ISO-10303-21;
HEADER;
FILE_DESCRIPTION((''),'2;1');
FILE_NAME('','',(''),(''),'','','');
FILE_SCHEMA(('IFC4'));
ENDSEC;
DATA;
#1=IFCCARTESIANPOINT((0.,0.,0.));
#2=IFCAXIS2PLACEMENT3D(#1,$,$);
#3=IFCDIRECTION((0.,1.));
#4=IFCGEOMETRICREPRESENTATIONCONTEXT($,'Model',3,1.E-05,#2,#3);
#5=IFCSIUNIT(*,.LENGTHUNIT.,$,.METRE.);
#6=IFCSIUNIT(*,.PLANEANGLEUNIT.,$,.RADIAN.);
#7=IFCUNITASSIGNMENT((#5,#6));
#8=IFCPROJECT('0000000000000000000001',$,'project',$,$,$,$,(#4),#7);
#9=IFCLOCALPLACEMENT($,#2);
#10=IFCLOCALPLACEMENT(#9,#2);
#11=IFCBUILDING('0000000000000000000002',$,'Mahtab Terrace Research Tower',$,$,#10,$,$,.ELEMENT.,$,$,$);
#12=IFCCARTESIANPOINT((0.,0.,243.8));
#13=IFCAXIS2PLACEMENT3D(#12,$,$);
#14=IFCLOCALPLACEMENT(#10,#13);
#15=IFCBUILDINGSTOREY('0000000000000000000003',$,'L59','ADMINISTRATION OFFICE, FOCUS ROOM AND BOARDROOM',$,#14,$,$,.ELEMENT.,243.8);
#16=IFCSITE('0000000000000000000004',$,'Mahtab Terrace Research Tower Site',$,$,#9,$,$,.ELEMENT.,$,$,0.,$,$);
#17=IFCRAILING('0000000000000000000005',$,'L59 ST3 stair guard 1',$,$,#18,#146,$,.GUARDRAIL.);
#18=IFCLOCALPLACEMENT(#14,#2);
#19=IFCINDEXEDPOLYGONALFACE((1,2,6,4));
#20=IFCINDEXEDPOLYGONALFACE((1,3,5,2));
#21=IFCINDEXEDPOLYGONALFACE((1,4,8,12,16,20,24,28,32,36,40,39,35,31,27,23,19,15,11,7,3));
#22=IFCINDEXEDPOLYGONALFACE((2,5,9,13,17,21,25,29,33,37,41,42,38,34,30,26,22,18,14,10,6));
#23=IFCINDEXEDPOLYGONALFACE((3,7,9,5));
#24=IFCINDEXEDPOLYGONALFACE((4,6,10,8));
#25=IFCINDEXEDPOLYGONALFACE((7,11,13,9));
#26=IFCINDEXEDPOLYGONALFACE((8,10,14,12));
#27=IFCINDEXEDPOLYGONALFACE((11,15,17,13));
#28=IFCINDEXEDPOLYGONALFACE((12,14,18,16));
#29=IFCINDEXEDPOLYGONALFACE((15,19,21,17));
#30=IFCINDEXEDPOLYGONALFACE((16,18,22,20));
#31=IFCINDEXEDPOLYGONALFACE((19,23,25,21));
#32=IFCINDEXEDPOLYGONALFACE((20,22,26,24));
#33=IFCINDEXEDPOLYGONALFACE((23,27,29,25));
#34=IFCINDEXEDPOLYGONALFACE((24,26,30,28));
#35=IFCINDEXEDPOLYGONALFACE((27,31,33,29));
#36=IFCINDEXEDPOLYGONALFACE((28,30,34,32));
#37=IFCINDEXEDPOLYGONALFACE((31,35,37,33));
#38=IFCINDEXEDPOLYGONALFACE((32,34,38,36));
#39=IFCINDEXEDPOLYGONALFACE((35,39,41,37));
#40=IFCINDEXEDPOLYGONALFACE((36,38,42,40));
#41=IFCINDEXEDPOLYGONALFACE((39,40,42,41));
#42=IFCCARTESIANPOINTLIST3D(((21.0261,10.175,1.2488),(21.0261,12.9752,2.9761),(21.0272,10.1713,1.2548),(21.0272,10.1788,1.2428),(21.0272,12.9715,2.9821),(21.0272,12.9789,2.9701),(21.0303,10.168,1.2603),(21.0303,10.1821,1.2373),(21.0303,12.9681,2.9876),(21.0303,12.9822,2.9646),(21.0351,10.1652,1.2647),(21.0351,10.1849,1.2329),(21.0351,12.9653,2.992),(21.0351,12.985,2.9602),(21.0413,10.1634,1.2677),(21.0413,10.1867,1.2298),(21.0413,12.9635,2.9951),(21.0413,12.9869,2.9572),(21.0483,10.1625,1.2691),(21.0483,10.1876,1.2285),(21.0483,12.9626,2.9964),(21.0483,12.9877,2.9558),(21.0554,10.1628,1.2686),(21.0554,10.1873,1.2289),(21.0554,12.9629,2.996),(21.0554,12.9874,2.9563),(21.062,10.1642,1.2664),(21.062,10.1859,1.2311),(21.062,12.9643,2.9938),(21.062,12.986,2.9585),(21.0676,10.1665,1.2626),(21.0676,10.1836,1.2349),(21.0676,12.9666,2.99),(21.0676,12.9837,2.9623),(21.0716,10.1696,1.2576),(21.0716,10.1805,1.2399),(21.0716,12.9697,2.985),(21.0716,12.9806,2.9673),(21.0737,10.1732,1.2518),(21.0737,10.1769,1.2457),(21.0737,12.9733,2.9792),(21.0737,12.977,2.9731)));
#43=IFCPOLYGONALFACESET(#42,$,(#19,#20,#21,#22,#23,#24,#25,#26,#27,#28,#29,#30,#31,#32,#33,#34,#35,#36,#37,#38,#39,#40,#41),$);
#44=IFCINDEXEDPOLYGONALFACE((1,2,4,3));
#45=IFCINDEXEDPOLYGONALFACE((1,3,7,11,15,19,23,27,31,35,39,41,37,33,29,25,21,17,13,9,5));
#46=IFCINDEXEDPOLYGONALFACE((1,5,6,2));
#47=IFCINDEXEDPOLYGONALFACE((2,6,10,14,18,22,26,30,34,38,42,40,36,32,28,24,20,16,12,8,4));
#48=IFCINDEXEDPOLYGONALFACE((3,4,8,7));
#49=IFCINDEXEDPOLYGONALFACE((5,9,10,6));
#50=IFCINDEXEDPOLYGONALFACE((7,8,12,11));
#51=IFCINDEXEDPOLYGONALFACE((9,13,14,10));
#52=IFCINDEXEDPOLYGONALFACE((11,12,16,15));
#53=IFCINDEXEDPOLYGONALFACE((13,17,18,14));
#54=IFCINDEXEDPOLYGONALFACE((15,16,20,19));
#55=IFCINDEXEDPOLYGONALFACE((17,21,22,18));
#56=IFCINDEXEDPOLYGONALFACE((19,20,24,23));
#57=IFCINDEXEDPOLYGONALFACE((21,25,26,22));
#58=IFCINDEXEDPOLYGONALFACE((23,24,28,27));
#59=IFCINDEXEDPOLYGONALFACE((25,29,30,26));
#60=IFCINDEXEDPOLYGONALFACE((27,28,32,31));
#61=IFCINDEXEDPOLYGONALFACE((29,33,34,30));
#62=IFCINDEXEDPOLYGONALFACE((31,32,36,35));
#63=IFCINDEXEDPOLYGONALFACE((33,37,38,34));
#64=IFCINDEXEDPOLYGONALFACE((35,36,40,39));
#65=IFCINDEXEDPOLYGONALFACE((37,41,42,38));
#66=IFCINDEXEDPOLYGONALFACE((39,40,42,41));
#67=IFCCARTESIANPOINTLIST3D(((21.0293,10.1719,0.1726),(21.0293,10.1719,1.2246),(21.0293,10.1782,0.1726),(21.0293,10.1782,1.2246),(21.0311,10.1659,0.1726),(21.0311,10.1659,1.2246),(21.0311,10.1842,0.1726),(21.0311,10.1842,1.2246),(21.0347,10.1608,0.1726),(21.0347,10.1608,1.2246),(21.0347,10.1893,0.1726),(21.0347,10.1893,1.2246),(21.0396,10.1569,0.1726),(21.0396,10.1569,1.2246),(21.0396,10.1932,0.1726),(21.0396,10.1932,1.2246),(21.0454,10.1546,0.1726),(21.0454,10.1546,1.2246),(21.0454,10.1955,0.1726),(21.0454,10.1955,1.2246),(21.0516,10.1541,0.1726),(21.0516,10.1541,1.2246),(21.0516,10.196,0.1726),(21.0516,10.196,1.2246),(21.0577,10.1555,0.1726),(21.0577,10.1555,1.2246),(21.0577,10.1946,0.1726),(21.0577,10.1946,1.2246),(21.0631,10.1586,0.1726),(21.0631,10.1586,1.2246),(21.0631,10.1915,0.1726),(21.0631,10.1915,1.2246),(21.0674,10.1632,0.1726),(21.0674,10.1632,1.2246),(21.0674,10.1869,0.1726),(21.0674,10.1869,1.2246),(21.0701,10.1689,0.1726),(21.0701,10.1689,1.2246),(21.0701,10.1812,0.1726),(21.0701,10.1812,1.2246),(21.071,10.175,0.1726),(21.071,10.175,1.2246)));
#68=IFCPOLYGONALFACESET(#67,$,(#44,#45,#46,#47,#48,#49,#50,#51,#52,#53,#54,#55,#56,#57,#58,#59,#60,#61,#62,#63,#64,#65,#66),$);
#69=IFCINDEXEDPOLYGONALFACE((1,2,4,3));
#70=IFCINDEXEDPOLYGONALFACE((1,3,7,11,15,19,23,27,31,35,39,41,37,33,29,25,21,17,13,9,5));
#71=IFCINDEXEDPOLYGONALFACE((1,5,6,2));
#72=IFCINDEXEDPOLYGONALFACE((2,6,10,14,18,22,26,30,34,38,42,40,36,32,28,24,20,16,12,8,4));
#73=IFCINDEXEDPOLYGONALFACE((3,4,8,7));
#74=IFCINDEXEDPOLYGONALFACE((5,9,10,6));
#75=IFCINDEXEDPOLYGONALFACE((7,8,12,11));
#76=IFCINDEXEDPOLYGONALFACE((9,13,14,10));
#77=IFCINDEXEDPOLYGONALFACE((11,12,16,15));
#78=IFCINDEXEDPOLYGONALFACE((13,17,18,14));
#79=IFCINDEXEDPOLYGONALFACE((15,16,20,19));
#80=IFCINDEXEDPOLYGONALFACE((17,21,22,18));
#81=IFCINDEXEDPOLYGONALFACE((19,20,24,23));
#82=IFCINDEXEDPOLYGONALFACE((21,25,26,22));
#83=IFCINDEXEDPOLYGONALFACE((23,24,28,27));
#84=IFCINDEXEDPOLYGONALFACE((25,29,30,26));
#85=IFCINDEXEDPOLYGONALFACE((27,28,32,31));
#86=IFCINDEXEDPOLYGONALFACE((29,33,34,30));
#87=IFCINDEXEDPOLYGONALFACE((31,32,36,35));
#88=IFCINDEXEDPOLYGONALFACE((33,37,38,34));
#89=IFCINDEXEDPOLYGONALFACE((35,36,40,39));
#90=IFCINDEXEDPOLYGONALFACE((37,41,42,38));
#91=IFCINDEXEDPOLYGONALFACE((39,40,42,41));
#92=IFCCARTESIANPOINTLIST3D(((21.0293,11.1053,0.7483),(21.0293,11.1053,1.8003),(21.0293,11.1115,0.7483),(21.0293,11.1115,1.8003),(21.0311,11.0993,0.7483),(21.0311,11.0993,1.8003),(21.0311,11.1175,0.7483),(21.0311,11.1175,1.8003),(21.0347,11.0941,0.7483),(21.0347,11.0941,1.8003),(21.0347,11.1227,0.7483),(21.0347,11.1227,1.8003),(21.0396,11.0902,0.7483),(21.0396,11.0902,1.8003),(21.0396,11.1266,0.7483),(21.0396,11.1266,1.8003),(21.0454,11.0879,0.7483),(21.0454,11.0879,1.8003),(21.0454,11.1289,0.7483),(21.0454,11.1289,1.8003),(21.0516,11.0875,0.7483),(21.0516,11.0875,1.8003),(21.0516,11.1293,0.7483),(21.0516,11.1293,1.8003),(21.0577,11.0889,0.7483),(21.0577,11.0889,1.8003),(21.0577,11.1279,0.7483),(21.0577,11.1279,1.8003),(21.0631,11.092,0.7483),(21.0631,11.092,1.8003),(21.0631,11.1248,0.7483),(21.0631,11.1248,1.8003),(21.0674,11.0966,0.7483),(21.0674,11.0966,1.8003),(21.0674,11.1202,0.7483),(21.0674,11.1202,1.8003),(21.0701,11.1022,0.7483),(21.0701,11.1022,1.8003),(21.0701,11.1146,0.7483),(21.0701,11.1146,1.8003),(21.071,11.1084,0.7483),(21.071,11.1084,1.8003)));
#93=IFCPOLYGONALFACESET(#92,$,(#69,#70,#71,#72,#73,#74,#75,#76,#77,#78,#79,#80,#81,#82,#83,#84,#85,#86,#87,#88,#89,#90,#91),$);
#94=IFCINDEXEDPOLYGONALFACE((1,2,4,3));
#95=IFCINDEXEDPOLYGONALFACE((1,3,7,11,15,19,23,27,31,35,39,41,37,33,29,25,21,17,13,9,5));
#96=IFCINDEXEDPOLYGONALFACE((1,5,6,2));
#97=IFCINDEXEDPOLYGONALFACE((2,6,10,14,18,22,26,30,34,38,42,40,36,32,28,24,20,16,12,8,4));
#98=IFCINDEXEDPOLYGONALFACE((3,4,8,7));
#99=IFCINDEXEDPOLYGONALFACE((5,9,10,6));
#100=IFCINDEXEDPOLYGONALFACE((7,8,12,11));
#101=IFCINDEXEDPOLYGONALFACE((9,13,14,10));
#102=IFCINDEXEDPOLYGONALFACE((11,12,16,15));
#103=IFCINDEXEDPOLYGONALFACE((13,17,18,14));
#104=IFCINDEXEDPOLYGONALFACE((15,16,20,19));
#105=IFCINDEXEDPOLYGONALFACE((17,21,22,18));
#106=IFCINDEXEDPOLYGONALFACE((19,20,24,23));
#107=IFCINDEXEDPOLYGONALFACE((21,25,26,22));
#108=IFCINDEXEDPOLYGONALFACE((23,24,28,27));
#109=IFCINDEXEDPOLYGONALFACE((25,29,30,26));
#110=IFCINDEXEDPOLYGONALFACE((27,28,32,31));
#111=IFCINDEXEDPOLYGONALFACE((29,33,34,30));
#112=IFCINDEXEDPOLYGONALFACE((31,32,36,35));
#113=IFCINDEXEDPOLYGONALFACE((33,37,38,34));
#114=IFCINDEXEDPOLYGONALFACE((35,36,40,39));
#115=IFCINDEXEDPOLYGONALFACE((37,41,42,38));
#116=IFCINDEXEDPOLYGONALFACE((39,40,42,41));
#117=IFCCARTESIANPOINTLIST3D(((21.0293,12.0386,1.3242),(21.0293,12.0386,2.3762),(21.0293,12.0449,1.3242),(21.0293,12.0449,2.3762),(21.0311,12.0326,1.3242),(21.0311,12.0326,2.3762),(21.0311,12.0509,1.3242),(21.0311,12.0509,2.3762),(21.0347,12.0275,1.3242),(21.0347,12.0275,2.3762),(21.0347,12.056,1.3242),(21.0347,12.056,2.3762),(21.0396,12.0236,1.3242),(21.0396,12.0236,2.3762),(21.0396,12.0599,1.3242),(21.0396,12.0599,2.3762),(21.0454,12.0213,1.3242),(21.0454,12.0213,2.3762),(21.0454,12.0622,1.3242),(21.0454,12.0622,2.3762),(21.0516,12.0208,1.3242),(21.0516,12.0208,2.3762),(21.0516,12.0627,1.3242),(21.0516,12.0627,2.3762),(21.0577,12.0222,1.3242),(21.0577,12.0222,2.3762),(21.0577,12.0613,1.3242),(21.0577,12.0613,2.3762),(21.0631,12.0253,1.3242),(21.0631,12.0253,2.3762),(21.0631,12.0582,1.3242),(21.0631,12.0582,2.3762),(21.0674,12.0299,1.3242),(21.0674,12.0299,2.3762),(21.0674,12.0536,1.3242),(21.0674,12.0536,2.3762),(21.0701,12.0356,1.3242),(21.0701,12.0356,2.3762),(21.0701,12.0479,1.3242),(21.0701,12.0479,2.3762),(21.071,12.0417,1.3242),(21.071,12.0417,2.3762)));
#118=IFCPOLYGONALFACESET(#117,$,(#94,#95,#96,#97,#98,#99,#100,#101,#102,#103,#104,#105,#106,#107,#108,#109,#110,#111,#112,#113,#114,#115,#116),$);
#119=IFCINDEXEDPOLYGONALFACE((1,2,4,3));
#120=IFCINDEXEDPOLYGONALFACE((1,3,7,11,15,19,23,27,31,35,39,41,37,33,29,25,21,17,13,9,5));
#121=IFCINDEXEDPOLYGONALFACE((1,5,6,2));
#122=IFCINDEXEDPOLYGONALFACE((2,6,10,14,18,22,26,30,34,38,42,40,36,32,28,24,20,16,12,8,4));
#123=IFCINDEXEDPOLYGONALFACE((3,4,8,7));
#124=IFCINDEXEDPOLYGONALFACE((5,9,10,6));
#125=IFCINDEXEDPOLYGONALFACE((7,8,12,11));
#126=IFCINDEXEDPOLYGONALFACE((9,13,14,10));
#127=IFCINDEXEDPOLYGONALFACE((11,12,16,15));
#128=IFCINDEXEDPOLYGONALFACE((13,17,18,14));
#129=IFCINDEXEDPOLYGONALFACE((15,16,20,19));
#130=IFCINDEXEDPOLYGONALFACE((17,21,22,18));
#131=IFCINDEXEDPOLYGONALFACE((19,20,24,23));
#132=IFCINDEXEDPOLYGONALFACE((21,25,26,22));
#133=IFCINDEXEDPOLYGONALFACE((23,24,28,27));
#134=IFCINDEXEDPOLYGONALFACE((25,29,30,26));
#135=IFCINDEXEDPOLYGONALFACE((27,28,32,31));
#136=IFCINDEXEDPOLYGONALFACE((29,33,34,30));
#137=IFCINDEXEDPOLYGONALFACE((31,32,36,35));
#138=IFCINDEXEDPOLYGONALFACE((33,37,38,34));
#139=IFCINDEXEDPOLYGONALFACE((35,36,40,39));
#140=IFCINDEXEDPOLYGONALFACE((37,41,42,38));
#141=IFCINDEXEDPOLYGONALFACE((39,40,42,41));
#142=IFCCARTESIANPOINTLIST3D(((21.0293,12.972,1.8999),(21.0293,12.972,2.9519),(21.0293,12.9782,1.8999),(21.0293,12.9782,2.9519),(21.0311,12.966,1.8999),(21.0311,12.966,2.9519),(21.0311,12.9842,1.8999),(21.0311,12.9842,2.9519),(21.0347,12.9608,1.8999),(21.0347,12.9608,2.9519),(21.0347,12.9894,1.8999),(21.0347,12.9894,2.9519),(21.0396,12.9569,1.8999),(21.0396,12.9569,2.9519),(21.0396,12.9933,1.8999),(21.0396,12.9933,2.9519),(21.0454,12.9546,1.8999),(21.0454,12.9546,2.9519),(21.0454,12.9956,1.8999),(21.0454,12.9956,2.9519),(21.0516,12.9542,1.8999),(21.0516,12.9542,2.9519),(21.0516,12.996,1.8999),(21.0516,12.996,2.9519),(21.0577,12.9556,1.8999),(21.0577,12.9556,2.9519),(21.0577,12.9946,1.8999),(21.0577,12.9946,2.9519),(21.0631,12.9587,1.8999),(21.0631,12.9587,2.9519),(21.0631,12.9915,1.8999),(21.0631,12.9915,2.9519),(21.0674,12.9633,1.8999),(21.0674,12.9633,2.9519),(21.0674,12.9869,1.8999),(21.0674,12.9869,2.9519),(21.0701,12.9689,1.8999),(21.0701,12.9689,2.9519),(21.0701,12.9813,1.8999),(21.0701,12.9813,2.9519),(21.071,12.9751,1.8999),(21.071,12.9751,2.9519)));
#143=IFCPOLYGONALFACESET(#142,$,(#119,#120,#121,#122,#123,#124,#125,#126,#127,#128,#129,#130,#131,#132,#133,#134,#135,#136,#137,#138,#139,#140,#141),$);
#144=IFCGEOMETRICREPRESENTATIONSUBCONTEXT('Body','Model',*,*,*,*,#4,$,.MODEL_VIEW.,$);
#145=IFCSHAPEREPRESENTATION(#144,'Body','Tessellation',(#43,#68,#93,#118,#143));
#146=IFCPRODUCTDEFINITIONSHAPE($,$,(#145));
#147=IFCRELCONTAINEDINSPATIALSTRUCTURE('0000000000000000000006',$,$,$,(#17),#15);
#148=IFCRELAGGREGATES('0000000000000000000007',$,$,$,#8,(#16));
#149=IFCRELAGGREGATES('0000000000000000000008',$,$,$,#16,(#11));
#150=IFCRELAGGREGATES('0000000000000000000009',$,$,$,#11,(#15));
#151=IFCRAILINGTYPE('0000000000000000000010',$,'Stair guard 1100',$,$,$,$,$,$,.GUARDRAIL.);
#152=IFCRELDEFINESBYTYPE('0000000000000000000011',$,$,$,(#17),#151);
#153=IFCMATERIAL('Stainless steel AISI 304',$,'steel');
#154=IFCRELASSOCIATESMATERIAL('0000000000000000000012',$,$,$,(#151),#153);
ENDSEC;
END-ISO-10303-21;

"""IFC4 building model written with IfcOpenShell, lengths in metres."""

from ifc_helpers import new_model, si_unit, direction, frame, origin, origin_2d, place, context, subcontext, project, spatial, circle, extrude, material, type_object, element, save


model = new_model("IFC4")

# Units and contexts
model_context = context("Model", 3, precision=1e-05, world=origin(), true_north=direction((0.0, 1.0)))
body_context = subcontext(model_context, "Body", "Model", "MODEL_VIEW")
ifc_project = project(units=[si_unit("LENGTHUNIT", "METRE"), si_unit("PLANEANGLEUNIT", "RADIAN")], contexts=[model_context])

# Site, building, storey
site_placement = place(None, origin())
site = spatial("IfcSite", under=ifc_project, at=site_placement, Name="Mahtab Terrace Research Tower Site", CompositionType="ELEMENT", RefElevation=0.0)
building_placement = place(site_placement, origin())
building = spatial("IfcBuilding", under=site, at=building_placement, Name="Mahtab Terrace Research Tower", CompositionType="ELEMENT")
storey_placement = place(building_placement, frame((0.0, 0.0, 243.8)))
storey = spatial("IfcBuildingStorey", under=building, at=storey_placement, Name="L59", Description="ADMINISTRATION OFFICE, FOCUS ROOM AND BOARDROOM", CompositionType="ELEMENT", Elevation=243.8)

# Railing
ifc_material_1 = material(Name="Stainless steel AISI 304", Category="steel")
railing_type_1 = type_object("IfcRailingType", Name="Stair guard 1100", PredefinedType="GUARDRAIL", material=ifc_material_1)
railing_1_placement = place(storey_placement, frame((21.05, 10.175, 0.1726)))
element("IfcRailing", 1, at=railing_1_placement, inside=storey, type_object=railing_type_1, Name="L59 ST3 stair guard 1", PredefinedType="GUARDRAIL", context=body_context, shape_type="SweptSolid", body=[
    extrude(circle(Radius=0.0239, at=origin_2d()), frame((0.0, 0.0, 1.0762), z_axis=(0.0, 0.85109, 0.52502), x_axis=(-1.0, 0.0, 0.0)), (0.0, 0.0, 1.0), 3.29),
    extrude(circle(Radius=0.021, at=origin_2d()), origin(), (0.0, 0.0, 1.0), 1.052),
    extrude(circle(Radius=0.021, at=origin_2d()), frame((0.0, 0.9333, 0.5757)), (0.0, 0.0, 1.0), 1.052),
    extrude(circle(Radius=0.021, at=origin_2d()), frame((0.0, 1.8667, 1.1516)), (0.0, 0.0, 1.0), 1.052),
    extrude(circle(Radius=0.021, at=origin_2d()), frame((0.0, 2.8, 1.7273)), (0.0, 0.0, 1.0), 1.052),
])

save(model, "model.ifc")
